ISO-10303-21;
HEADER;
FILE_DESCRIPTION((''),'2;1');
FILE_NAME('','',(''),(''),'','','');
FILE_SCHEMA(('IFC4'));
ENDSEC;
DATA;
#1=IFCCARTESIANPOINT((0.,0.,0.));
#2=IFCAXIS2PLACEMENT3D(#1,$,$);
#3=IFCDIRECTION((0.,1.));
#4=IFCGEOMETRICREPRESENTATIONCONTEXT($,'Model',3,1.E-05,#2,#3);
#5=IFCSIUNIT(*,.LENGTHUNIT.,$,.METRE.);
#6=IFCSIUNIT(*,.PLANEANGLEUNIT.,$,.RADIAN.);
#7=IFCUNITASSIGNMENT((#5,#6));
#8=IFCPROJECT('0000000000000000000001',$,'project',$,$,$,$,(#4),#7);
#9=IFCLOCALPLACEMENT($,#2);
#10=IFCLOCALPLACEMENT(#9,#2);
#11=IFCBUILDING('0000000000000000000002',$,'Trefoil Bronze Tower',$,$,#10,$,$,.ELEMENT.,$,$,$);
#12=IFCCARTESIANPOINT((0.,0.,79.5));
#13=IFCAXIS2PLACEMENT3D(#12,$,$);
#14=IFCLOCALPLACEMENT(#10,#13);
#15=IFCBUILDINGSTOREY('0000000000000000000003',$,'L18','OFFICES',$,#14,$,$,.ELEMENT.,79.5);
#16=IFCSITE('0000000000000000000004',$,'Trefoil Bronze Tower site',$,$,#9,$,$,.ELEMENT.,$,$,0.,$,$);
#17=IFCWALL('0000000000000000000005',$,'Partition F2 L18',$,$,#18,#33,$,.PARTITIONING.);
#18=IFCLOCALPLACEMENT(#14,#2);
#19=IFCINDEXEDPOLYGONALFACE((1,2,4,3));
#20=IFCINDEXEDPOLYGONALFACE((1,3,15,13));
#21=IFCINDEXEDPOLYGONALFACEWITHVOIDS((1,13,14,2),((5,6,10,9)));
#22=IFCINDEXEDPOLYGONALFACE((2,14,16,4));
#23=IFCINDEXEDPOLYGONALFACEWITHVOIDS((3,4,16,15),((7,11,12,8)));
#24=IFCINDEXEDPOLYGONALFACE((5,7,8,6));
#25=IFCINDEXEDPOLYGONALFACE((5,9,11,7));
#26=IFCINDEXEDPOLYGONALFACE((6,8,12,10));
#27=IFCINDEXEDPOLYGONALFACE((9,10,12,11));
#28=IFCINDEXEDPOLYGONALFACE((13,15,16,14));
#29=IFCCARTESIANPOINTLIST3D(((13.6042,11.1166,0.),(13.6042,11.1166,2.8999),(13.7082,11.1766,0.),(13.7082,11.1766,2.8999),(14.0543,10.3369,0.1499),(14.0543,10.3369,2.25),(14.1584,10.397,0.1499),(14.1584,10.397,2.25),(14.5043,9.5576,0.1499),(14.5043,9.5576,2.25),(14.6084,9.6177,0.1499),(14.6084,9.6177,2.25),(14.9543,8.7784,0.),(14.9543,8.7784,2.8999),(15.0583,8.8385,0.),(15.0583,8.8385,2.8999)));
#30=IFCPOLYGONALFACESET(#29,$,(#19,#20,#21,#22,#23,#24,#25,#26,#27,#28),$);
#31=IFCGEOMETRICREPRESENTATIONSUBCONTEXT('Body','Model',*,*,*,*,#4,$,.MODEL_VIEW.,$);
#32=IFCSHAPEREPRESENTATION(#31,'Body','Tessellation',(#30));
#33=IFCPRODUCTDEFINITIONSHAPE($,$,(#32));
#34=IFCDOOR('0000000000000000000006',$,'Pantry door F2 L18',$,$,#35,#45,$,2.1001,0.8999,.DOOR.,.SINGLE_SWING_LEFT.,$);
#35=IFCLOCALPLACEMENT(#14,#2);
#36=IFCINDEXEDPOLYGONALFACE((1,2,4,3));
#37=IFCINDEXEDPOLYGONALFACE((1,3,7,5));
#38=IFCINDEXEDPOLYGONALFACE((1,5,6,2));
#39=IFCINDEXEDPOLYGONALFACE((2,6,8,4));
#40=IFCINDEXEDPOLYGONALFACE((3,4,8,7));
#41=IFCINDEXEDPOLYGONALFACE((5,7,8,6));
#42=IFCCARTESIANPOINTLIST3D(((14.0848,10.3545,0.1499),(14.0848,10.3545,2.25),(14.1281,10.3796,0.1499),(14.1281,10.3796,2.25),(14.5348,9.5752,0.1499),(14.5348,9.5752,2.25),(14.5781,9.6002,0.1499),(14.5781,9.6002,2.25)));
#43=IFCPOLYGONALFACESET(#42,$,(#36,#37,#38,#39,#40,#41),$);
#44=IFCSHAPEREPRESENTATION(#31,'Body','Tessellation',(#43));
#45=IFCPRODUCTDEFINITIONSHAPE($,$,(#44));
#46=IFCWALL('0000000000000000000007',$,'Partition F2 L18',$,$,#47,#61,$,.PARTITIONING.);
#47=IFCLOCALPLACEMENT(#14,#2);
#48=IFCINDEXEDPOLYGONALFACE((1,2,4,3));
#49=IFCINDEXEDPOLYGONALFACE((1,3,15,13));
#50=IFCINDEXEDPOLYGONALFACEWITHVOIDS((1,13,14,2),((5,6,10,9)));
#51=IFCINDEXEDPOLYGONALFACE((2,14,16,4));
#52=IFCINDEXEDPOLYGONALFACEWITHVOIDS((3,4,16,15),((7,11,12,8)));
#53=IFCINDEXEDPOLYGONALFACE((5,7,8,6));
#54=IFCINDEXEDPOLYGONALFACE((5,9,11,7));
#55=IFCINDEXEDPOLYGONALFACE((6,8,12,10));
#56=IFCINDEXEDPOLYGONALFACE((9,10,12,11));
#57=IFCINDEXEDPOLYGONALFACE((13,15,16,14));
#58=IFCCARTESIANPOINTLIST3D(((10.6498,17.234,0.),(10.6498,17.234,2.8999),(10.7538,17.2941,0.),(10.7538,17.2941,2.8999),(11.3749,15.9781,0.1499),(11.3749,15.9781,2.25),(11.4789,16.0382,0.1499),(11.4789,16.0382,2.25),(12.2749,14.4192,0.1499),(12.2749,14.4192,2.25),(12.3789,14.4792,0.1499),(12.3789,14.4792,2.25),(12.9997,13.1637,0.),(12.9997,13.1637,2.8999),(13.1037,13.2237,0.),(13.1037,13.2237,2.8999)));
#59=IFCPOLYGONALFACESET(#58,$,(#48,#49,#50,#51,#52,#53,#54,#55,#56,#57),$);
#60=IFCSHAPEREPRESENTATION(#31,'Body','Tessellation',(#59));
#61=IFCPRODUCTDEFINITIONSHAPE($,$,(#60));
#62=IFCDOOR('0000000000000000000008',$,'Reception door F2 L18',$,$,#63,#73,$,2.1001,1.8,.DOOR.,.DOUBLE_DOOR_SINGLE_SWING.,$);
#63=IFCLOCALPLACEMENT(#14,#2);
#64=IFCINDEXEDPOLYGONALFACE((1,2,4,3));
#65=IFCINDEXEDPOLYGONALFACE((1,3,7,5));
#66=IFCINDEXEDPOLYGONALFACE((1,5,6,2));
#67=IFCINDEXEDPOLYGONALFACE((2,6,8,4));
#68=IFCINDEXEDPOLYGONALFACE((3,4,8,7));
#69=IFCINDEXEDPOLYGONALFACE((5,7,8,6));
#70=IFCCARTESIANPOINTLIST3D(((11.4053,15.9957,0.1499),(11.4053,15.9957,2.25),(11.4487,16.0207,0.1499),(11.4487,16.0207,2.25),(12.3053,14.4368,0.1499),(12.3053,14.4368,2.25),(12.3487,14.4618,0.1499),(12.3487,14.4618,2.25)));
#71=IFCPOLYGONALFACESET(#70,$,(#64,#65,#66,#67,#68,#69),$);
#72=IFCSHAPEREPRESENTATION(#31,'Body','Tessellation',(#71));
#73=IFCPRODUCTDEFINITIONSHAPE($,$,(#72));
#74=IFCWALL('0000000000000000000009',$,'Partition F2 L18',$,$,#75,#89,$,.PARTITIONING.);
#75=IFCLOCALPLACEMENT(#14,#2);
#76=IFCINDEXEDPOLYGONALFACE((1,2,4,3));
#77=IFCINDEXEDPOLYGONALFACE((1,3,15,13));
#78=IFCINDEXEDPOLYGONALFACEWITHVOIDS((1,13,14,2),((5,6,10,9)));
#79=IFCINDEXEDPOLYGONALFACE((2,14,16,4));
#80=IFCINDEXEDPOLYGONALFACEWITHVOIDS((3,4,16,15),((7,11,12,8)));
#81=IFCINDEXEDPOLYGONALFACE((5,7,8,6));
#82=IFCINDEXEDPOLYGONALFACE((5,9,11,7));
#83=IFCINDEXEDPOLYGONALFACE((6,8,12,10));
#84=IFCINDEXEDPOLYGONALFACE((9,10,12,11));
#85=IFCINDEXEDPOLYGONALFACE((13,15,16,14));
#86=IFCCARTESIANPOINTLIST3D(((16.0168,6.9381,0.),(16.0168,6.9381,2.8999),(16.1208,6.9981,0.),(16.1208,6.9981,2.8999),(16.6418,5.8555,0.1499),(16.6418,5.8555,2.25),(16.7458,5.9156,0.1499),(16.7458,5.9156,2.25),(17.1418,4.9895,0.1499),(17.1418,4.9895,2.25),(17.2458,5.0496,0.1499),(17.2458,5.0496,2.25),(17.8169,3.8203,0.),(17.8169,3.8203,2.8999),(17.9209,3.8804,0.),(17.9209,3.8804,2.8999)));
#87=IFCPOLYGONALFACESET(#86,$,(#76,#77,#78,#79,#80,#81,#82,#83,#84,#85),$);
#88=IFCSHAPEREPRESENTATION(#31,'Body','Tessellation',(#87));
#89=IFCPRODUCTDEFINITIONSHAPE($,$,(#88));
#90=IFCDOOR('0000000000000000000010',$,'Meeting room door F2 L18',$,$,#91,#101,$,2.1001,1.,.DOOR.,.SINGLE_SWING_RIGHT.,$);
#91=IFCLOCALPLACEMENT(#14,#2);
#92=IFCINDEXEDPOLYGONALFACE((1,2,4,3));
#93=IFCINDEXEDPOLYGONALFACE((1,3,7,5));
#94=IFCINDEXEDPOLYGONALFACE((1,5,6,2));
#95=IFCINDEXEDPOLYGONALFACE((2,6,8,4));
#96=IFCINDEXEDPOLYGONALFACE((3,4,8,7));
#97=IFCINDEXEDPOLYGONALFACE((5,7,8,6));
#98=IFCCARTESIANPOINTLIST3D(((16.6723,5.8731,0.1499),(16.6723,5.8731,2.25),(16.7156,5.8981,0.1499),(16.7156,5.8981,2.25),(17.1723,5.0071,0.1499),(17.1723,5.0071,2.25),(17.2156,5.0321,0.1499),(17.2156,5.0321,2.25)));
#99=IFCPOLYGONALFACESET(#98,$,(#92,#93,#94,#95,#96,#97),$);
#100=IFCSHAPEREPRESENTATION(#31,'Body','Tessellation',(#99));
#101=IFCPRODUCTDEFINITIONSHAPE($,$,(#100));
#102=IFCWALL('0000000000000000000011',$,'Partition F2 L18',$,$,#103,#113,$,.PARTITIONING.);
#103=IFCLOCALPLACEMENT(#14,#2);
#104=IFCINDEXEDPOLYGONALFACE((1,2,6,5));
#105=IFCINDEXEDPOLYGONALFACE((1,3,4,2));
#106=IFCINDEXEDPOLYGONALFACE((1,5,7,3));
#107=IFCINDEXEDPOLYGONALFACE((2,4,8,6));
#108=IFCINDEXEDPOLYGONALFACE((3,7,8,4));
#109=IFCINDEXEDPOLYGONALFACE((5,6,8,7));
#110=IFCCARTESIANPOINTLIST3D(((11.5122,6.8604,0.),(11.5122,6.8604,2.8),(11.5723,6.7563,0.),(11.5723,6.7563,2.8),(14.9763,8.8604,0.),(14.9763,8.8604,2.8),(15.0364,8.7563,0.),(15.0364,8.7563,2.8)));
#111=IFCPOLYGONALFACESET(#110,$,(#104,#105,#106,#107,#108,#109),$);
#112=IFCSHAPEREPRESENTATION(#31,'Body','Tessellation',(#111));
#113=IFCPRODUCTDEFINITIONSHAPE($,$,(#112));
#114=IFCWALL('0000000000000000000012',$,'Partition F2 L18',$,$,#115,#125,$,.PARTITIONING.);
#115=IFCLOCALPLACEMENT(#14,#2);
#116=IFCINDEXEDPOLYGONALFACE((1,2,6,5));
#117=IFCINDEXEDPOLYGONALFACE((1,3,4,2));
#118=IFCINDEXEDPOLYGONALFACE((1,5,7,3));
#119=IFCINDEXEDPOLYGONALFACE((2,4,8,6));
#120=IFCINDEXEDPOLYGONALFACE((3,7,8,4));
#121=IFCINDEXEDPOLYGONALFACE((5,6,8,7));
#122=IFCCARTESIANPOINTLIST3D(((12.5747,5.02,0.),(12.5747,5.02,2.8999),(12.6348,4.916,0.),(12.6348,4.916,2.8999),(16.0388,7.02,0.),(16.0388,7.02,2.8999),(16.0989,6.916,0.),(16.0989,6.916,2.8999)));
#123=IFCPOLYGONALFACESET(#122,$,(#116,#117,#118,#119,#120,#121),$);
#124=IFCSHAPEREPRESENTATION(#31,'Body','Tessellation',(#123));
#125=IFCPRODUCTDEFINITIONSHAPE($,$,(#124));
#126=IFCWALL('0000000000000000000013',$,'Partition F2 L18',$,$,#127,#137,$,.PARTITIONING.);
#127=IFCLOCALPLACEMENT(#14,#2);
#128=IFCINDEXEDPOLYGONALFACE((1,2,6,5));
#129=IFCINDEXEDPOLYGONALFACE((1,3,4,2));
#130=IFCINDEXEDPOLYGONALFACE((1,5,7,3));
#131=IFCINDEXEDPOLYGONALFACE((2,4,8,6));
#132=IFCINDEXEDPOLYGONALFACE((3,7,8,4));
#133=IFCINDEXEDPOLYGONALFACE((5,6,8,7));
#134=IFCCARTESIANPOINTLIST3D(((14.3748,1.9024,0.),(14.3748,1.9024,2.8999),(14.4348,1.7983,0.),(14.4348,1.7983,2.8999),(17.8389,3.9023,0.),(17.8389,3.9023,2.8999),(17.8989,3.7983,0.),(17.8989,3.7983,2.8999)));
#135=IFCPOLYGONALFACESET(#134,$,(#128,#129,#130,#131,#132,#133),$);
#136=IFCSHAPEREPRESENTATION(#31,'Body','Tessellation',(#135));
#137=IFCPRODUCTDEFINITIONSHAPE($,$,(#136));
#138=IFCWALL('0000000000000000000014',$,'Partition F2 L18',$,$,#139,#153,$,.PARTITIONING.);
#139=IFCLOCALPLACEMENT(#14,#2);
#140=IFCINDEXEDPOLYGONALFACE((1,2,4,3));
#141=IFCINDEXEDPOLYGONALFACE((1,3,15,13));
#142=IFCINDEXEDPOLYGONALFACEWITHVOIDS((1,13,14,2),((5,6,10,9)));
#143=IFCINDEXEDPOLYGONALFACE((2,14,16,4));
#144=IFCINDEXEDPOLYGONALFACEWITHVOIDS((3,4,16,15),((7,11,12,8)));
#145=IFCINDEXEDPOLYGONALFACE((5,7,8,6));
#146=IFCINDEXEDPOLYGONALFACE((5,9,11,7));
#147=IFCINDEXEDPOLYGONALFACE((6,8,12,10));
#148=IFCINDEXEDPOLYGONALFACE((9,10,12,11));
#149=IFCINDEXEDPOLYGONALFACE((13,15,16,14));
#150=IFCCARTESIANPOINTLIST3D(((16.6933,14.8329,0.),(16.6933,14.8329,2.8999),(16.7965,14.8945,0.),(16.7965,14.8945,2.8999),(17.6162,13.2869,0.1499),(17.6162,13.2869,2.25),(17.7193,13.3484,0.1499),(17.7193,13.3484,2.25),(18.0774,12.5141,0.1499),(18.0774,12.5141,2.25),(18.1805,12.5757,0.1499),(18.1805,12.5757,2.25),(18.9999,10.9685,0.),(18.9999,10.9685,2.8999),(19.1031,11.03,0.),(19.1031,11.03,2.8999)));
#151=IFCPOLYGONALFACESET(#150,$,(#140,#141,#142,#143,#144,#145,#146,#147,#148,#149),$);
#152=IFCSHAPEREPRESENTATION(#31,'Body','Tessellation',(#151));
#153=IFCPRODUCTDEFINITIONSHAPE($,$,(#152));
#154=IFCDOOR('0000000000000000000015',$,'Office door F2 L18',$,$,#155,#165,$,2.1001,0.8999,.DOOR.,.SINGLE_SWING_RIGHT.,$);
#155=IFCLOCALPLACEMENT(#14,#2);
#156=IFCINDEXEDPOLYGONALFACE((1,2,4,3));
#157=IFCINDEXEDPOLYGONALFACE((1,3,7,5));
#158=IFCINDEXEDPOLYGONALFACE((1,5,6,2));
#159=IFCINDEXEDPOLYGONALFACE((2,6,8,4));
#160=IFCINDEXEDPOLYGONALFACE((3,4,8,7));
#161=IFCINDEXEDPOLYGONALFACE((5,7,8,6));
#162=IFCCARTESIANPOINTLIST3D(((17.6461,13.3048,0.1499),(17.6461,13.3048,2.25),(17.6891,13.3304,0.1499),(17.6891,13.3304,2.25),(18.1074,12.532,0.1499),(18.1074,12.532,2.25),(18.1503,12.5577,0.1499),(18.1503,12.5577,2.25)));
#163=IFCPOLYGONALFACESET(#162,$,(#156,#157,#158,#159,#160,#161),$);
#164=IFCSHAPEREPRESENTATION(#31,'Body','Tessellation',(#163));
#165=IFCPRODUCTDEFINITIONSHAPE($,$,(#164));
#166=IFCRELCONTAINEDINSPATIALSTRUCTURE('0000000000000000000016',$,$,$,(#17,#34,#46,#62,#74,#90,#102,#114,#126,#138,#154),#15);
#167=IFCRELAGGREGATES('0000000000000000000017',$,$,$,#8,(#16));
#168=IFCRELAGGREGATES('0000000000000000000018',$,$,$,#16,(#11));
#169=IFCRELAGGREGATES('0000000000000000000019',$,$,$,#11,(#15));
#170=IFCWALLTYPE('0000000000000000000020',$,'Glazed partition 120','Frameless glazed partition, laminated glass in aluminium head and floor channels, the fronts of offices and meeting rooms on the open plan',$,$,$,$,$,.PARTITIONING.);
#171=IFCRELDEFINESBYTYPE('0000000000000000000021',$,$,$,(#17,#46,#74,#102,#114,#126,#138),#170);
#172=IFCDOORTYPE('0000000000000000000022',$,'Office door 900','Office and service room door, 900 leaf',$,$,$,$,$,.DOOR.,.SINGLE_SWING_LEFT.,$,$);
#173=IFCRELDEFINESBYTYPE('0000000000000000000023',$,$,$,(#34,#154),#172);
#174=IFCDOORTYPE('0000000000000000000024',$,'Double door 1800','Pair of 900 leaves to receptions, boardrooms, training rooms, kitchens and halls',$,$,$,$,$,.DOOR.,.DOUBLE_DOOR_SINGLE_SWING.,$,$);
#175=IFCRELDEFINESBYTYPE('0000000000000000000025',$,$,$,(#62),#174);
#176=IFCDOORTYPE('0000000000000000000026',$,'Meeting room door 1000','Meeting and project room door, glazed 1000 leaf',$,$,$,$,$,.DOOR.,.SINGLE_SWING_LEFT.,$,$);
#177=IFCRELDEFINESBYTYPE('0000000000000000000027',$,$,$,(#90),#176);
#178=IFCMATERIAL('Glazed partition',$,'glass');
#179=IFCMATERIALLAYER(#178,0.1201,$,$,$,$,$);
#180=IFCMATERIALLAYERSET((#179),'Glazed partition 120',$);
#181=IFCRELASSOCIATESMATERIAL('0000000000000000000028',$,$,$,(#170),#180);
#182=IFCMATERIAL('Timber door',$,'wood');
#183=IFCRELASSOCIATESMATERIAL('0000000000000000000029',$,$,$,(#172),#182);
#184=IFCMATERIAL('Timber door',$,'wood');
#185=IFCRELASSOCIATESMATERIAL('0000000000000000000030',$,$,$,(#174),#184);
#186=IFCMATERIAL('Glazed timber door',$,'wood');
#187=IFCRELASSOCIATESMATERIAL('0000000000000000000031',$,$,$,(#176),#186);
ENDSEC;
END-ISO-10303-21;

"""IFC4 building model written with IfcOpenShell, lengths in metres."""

from ifc_helpers import new_model, si_unit, direction, frame, frame_2d, origin, place, context, subcontext, project, spatial, rectangle, extrude, material, layer, layer_set, type_object, element, fill, save


model = new_model("IFC4")

# Units and contexts
model_context = context("Model", 3, precision=1e-05, world=origin(), true_north=direction((0.0, 1.0)))
body_context = subcontext(model_context, "Body", "Model", "MODEL_VIEW")
ifc_project = project(units=[si_unit("LENGTHUNIT", "METRE"), si_unit("PLANEANGLEUNIT", "RADIAN")], contexts=[model_context])

# Site, building, storey
site_placement = place(None, origin())
site = spatial("IfcSite", under=ifc_project, at=site_placement, Name="Trefoil Bronze Tower site", CompositionType="ELEMENT", RefElevation=0.0)
building_placement = place(site_placement, origin())
building = spatial("IfcBuilding", under=site, at=building_placement, Name="Trefoil Bronze Tower", CompositionType="ELEMENT")
storey_placement = place(building_placement, frame((0.0, 0.0, 79.5)))
storey = spatial("IfcBuildingStorey", under=building, at=storey_placement, Name="L18", Description="OFFICES", CompositionType="ELEMENT", Elevation=79.5)

# Walls, openings, doors
ifc_material_1 = material(Name="Glazed partition", Category="glass")
ifc_layer_1 = layer(ifc_material_1, 0.1201)
ifc_layer_set_1 = layer_set([ifc_layer_1], Name="Glazed partition 120")
wall_type_1 = type_object("IfcWallType", Name="Glazed partition 120", Description="Frameless glazed partition, laminated glass in aluminium head and floor channels, the fronts of offices and meeting rooms on the open plan", PredefinedType="PARTITIONING", material=ifc_layer_set_1)
wall_1_placement = place(storey_placement, frame((15.0063, 8.8083, 0.0), z_axis=(0.0, 0.0, 1.0), x_axis=(-0.500049, 0.865997, 0.0)))
wall_1 = element("IfcWall", 1, at=wall_1_placement, inside=storey, type_object=wall_type_1, Name="Partition F2 L18", PredefinedType="PARTITIONING", context=body_context, shape_type="SweptSolid", body=[
    extrude(rectangle(XDim=2.7, YDim=0.1201, at=frame_2d((1.3501, 0.0))), origin(), (0.0, 0.0, 1.0), 2.8999),
])
opening_1_placement = place(wall_1_placement, frame((0.8999, 0.0, 0.1499)))
opening_1 = element("IfcOpeningElement", 2, at=opening_1_placement, cuts=wall_1, PredefinedType="OPENING", context=body_context, shape_type="SweptSolid", body=[
    extrude(rectangle(XDim=0.8999, YDim=2.1001, at=frame_2d((0.45, 1.05))), frame((0.0, 0.0701, 0.0), z_axis=(0.0, -1.0, 0.0), x_axis=(1.0, 0.0, 0.0)), (0.0, 0.0, 1.0), 0.1401),
])
ifc_material_2 = material(Name="Timber door", Category="wood")
door_type_1 = type_object("IfcDoorType", Name="Office door 900", Description="Office and service room door, 900 leaf", OperationType="SINGLE_SWING_LEFT", PredefinedType="DOOR", material=ifc_material_2)
door_1_placement = place(opening_1_placement, origin())
door_1 = element("IfcDoor", 3, at=door_1_placement, inside=storey, type_object=door_type_1, Name="Pantry door F2 L18", OperationType="SINGLE_SWING_LEFT", OverallHeight=2.1001, OverallWidth=0.8999, PredefinedType="DOOR", context=body_context, shape_type="SweptSolid", body=[
    extrude(rectangle(XDim=0.8999, YDim=2.1001, at=frame_2d((0.45, 1.05))), frame((0.0, 0.0249, 0.0), z_axis=(0.0, -1.0, 0.0), x_axis=(1.0, 0.0, 0.0)), (0.0, 0.0, 1.0), 0.05),
])
fill(opening_1, door_1)
wall_2_placement = place(storey_placement, frame((13.0518, 13.1936, 0.0), z_axis=(0.0, 0.0, 1.0), x_axis=(-0.499977, 0.866039, 0.0)))
wall_2 = element("IfcWall", 4, at=wall_2_placement, inside=storey, type_object=wall_type_1, Name="Partition F2 L18", PredefinedType="PARTITIONING", context=body_context, shape_type="SweptSolid", body=[
    extrude(rectangle(XDim=4.7, YDim=0.1201, at=frame_2d((2.3501, 0.0))), origin(), (0.0, 0.0, 1.0), 2.8999),
])
opening_2_placement = place(wall_2_placement, frame((1.45, 0.0, 0.1499)))
opening_2 = element("IfcOpeningElement", 5, at=opening_2_placement, cuts=wall_2, PredefinedType="OPENING", context=body_context, shape_type="SweptSolid", body=[
    extrude(rectangle(XDim=1.8, YDim=2.1001, at=frame_2d((0.8999, 1.05))), frame((0.0, 0.0701, 0.0), z_axis=(0.0, -1.0, 0.0), x_axis=(1.0, 0.0, 0.0)), (0.0, 0.0, 1.0), 0.1401),
])
ifc_material_3 = material(Name="Timber door", Category="wood")
door_type_2 = type_object("IfcDoorType", Name="Double door 1800", Description="Pair of 900 leaves to receptions, boardrooms, training rooms, kitchens and halls", OperationType="DOUBLE_DOOR_SINGLE_SWING", PredefinedType="DOOR", material=ifc_material_3)
door_2_placement = place(opening_2_placement, origin())
door_2 = element("IfcDoor", 6, at=door_2_placement, inside=storey, type_object=door_type_2, Name="Reception door F2 L18", OperationType="DOUBLE_DOOR_SINGLE_SWING", OverallHeight=2.1001, OverallWidth=1.8, PredefinedType="DOOR", context=body_context, shape_type="SweptSolid", body=[
    extrude(rectangle(XDim=1.8, YDim=2.1001, at=frame_2d((0.8999, 1.05))), frame((0.0, 0.0249, 0.0), z_axis=(0.0, -1.0, 0.0), x_axis=(1.0, 0.0, 0.0)), (0.0, 0.0, 1.0), 0.05),
])
fill(opening_2, door_2)
wall_3_placement = place(storey_placement, frame((17.8689, 3.8503, 0.0), z_axis=(0.0, 0.0, 1.0), x_axis=(-0.500012, 0.866018, 0.0)))
wall_3 = element("IfcWall", 7, at=wall_3_placement, inside=storey, type_object=wall_type_1, Name="Partition F2 L18", PredefinedType="PARTITIONING", context=body_context, shape_type="SweptSolid", body=[
    extrude(rectangle(XDim=3.6001, YDim=0.1201, at=frame_2d((1.8, 0.0))), origin(), (0.0, 0.0, 1.0), 2.8999),
])
opening_3_placement = place(wall_3_placement, frame((1.3501, 0.0, 0.1499)))
opening_3 = element("IfcOpeningElement", 8, at=opening_3_placement, cuts=wall_3, PredefinedType="OPENING", context=body_context, shape_type="SweptSolid", body=[
    extrude(rectangle(XDim=1.0, YDim=2.1001, at=frame_2d((0.5, 1.05))), frame((0.0, 0.0701, 0.0), z_axis=(0.0, -1.0, 0.0), x_axis=(1.0, 0.0, 0.0)), (0.0, 0.0, 1.0), 0.1401),
])
ifc_material_4 = material(Name="Glazed timber door", Category="wood")
door_type_3 = type_object("IfcDoorType", Name="Meeting room door 1000", Description="Meeting and project room door, glazed 1000 leaf", OperationType="SINGLE_SWING_LEFT", PredefinedType="DOOR", material=ifc_material_4)
door_3_placement = place(opening_3_placement, origin())
door_3 = element("IfcDoor", 9, at=door_3_placement, inside=storey, type_object=door_type_3, Name="Meeting room door F2 L18", OperationType="SINGLE_SWING_RIGHT", OverallHeight=2.1001, OverallWidth=1.0, PredefinedType="DOOR", context=body_context, shape_type="SweptSolid", body=[
    extrude(rectangle(XDim=1.0, YDim=2.1001, at=frame_2d((0.5, 1.05))), frame((0.0, 0.0249, 0.0), z_axis=(0.0, -1.0, 0.0), x_axis=(1.0, 0.0, 0.0)), (0.0, 0.0, 1.0), 0.05),
])
fill(opening_3, door_3)

# Walls
wall_4_placement = place(storey_placement, frame((11.5422, 6.8083, 0.0), z_axis=(0.0, 0.0, 1.0), x_axis=(0.866026, 0.499999, 0.0)))
element("IfcWall", 10, at=wall_4_placement, inside=storey, type_object=wall_type_1, Name="Partition F2 L18", PredefinedType="PARTITIONING", context=body_context, shape_type="SweptSolid", body=[
    extrude(rectangle(XDim=4.0, YDim=0.1201, at=frame_2d((2.0, 0.0))), origin(), (0.0, 0.0, 1.0), 2.8),
])
for number, where, z_axis, x_axis, name in (
    (11, (12.6047, 4.968, 0.0), (0.0, 0.0, 1.0), (0.866026, 0.499999, 0.0), "Partition F2 L18"),
    (12, (14.4048, 1.8503, 0.0), (0.0, 0.0, 1.0), (0.866026, 0.499999, 0.0), "Partition F2 L18"),
):
    element("IfcWall", number, at=place(storey_placement, frame(where, z_axis=z_axis, x_axis=x_axis)), inside=storey, type_object=wall_type_1, Name=name, PredefinedType="PARTITIONING", context=body_context, shape_type="SweptSolid", body=[
        extrude(rectangle(XDim=4.0, YDim=0.1201, at=frame_2d((2.0, 0.0))), origin(), (0.0, 0.0, 1.0), 2.8999),
    ])

# Wall, opening, door
wall_5_placement = place(storey_placement, frame((19.0515, 10.9993, 0.0), z_axis=(0.0, 0.0, 1.0), x_axis=(-0.512524, 0.858673, 0.0)))
wall_5 = element("IfcWall", 13, at=wall_5_placement, inside=storey, type_object=wall_type_1, Name="Partition F2 L18", PredefinedType="PARTITIONING", context=body_context, shape_type="SweptSolid", body=[
    extrude(rectangle(XDim=4.5005, YDim=0.1201, at=frame_2d((2.2502, 0.0))), origin(), (0.0, 0.0, 1.0), 2.8999),
])
opening_4_placement = place(wall_5_placement, frame((1.8, 0.0, 0.1499)))
opening_4 = element("IfcOpeningElement", 14, at=opening_4_placement, cuts=wall_5, PredefinedType="OPENING", context=body_context, shape_type="SweptSolid", body=[
    extrude(rectangle(XDim=0.8999, YDim=2.1001, at=frame_2d((0.45, 1.05))), frame((0.0, 0.0701, 0.0), z_axis=(0.0, -1.0, 0.0), x_axis=(1.0, 0.0, 0.0)), (0.0, 0.0, 1.0), 0.1401),
])
door_4_placement = place(opening_4_placement, frame((0.8999, 0.0, 0.0), z_axis=(0.0, 0.0, 1.0), x_axis=(-1.0, 0.0, 0.0)))
door_4 = element("IfcDoor", 15, at=door_4_placement, inside=storey, type_object=door_type_1, Name="Office door F2 L18", OperationType="SINGLE_SWING_RIGHT", OverallHeight=2.1001, OverallWidth=0.8999, PredefinedType="DOOR", context=body_context, shape_type="SweptSolid", body=[
    extrude(rectangle(XDim=0.8999, YDim=2.1001, at=frame_2d((0.45, 1.05))), frame((0.0, 0.0249, 0.0), z_axis=(0.0, -1.0, 0.0), x_axis=(1.0, 0.0, 0.0)), (0.0, 0.0, 1.0), 0.05),
])
fill(opening_4, door_4)

save(model, "model.ifc")
